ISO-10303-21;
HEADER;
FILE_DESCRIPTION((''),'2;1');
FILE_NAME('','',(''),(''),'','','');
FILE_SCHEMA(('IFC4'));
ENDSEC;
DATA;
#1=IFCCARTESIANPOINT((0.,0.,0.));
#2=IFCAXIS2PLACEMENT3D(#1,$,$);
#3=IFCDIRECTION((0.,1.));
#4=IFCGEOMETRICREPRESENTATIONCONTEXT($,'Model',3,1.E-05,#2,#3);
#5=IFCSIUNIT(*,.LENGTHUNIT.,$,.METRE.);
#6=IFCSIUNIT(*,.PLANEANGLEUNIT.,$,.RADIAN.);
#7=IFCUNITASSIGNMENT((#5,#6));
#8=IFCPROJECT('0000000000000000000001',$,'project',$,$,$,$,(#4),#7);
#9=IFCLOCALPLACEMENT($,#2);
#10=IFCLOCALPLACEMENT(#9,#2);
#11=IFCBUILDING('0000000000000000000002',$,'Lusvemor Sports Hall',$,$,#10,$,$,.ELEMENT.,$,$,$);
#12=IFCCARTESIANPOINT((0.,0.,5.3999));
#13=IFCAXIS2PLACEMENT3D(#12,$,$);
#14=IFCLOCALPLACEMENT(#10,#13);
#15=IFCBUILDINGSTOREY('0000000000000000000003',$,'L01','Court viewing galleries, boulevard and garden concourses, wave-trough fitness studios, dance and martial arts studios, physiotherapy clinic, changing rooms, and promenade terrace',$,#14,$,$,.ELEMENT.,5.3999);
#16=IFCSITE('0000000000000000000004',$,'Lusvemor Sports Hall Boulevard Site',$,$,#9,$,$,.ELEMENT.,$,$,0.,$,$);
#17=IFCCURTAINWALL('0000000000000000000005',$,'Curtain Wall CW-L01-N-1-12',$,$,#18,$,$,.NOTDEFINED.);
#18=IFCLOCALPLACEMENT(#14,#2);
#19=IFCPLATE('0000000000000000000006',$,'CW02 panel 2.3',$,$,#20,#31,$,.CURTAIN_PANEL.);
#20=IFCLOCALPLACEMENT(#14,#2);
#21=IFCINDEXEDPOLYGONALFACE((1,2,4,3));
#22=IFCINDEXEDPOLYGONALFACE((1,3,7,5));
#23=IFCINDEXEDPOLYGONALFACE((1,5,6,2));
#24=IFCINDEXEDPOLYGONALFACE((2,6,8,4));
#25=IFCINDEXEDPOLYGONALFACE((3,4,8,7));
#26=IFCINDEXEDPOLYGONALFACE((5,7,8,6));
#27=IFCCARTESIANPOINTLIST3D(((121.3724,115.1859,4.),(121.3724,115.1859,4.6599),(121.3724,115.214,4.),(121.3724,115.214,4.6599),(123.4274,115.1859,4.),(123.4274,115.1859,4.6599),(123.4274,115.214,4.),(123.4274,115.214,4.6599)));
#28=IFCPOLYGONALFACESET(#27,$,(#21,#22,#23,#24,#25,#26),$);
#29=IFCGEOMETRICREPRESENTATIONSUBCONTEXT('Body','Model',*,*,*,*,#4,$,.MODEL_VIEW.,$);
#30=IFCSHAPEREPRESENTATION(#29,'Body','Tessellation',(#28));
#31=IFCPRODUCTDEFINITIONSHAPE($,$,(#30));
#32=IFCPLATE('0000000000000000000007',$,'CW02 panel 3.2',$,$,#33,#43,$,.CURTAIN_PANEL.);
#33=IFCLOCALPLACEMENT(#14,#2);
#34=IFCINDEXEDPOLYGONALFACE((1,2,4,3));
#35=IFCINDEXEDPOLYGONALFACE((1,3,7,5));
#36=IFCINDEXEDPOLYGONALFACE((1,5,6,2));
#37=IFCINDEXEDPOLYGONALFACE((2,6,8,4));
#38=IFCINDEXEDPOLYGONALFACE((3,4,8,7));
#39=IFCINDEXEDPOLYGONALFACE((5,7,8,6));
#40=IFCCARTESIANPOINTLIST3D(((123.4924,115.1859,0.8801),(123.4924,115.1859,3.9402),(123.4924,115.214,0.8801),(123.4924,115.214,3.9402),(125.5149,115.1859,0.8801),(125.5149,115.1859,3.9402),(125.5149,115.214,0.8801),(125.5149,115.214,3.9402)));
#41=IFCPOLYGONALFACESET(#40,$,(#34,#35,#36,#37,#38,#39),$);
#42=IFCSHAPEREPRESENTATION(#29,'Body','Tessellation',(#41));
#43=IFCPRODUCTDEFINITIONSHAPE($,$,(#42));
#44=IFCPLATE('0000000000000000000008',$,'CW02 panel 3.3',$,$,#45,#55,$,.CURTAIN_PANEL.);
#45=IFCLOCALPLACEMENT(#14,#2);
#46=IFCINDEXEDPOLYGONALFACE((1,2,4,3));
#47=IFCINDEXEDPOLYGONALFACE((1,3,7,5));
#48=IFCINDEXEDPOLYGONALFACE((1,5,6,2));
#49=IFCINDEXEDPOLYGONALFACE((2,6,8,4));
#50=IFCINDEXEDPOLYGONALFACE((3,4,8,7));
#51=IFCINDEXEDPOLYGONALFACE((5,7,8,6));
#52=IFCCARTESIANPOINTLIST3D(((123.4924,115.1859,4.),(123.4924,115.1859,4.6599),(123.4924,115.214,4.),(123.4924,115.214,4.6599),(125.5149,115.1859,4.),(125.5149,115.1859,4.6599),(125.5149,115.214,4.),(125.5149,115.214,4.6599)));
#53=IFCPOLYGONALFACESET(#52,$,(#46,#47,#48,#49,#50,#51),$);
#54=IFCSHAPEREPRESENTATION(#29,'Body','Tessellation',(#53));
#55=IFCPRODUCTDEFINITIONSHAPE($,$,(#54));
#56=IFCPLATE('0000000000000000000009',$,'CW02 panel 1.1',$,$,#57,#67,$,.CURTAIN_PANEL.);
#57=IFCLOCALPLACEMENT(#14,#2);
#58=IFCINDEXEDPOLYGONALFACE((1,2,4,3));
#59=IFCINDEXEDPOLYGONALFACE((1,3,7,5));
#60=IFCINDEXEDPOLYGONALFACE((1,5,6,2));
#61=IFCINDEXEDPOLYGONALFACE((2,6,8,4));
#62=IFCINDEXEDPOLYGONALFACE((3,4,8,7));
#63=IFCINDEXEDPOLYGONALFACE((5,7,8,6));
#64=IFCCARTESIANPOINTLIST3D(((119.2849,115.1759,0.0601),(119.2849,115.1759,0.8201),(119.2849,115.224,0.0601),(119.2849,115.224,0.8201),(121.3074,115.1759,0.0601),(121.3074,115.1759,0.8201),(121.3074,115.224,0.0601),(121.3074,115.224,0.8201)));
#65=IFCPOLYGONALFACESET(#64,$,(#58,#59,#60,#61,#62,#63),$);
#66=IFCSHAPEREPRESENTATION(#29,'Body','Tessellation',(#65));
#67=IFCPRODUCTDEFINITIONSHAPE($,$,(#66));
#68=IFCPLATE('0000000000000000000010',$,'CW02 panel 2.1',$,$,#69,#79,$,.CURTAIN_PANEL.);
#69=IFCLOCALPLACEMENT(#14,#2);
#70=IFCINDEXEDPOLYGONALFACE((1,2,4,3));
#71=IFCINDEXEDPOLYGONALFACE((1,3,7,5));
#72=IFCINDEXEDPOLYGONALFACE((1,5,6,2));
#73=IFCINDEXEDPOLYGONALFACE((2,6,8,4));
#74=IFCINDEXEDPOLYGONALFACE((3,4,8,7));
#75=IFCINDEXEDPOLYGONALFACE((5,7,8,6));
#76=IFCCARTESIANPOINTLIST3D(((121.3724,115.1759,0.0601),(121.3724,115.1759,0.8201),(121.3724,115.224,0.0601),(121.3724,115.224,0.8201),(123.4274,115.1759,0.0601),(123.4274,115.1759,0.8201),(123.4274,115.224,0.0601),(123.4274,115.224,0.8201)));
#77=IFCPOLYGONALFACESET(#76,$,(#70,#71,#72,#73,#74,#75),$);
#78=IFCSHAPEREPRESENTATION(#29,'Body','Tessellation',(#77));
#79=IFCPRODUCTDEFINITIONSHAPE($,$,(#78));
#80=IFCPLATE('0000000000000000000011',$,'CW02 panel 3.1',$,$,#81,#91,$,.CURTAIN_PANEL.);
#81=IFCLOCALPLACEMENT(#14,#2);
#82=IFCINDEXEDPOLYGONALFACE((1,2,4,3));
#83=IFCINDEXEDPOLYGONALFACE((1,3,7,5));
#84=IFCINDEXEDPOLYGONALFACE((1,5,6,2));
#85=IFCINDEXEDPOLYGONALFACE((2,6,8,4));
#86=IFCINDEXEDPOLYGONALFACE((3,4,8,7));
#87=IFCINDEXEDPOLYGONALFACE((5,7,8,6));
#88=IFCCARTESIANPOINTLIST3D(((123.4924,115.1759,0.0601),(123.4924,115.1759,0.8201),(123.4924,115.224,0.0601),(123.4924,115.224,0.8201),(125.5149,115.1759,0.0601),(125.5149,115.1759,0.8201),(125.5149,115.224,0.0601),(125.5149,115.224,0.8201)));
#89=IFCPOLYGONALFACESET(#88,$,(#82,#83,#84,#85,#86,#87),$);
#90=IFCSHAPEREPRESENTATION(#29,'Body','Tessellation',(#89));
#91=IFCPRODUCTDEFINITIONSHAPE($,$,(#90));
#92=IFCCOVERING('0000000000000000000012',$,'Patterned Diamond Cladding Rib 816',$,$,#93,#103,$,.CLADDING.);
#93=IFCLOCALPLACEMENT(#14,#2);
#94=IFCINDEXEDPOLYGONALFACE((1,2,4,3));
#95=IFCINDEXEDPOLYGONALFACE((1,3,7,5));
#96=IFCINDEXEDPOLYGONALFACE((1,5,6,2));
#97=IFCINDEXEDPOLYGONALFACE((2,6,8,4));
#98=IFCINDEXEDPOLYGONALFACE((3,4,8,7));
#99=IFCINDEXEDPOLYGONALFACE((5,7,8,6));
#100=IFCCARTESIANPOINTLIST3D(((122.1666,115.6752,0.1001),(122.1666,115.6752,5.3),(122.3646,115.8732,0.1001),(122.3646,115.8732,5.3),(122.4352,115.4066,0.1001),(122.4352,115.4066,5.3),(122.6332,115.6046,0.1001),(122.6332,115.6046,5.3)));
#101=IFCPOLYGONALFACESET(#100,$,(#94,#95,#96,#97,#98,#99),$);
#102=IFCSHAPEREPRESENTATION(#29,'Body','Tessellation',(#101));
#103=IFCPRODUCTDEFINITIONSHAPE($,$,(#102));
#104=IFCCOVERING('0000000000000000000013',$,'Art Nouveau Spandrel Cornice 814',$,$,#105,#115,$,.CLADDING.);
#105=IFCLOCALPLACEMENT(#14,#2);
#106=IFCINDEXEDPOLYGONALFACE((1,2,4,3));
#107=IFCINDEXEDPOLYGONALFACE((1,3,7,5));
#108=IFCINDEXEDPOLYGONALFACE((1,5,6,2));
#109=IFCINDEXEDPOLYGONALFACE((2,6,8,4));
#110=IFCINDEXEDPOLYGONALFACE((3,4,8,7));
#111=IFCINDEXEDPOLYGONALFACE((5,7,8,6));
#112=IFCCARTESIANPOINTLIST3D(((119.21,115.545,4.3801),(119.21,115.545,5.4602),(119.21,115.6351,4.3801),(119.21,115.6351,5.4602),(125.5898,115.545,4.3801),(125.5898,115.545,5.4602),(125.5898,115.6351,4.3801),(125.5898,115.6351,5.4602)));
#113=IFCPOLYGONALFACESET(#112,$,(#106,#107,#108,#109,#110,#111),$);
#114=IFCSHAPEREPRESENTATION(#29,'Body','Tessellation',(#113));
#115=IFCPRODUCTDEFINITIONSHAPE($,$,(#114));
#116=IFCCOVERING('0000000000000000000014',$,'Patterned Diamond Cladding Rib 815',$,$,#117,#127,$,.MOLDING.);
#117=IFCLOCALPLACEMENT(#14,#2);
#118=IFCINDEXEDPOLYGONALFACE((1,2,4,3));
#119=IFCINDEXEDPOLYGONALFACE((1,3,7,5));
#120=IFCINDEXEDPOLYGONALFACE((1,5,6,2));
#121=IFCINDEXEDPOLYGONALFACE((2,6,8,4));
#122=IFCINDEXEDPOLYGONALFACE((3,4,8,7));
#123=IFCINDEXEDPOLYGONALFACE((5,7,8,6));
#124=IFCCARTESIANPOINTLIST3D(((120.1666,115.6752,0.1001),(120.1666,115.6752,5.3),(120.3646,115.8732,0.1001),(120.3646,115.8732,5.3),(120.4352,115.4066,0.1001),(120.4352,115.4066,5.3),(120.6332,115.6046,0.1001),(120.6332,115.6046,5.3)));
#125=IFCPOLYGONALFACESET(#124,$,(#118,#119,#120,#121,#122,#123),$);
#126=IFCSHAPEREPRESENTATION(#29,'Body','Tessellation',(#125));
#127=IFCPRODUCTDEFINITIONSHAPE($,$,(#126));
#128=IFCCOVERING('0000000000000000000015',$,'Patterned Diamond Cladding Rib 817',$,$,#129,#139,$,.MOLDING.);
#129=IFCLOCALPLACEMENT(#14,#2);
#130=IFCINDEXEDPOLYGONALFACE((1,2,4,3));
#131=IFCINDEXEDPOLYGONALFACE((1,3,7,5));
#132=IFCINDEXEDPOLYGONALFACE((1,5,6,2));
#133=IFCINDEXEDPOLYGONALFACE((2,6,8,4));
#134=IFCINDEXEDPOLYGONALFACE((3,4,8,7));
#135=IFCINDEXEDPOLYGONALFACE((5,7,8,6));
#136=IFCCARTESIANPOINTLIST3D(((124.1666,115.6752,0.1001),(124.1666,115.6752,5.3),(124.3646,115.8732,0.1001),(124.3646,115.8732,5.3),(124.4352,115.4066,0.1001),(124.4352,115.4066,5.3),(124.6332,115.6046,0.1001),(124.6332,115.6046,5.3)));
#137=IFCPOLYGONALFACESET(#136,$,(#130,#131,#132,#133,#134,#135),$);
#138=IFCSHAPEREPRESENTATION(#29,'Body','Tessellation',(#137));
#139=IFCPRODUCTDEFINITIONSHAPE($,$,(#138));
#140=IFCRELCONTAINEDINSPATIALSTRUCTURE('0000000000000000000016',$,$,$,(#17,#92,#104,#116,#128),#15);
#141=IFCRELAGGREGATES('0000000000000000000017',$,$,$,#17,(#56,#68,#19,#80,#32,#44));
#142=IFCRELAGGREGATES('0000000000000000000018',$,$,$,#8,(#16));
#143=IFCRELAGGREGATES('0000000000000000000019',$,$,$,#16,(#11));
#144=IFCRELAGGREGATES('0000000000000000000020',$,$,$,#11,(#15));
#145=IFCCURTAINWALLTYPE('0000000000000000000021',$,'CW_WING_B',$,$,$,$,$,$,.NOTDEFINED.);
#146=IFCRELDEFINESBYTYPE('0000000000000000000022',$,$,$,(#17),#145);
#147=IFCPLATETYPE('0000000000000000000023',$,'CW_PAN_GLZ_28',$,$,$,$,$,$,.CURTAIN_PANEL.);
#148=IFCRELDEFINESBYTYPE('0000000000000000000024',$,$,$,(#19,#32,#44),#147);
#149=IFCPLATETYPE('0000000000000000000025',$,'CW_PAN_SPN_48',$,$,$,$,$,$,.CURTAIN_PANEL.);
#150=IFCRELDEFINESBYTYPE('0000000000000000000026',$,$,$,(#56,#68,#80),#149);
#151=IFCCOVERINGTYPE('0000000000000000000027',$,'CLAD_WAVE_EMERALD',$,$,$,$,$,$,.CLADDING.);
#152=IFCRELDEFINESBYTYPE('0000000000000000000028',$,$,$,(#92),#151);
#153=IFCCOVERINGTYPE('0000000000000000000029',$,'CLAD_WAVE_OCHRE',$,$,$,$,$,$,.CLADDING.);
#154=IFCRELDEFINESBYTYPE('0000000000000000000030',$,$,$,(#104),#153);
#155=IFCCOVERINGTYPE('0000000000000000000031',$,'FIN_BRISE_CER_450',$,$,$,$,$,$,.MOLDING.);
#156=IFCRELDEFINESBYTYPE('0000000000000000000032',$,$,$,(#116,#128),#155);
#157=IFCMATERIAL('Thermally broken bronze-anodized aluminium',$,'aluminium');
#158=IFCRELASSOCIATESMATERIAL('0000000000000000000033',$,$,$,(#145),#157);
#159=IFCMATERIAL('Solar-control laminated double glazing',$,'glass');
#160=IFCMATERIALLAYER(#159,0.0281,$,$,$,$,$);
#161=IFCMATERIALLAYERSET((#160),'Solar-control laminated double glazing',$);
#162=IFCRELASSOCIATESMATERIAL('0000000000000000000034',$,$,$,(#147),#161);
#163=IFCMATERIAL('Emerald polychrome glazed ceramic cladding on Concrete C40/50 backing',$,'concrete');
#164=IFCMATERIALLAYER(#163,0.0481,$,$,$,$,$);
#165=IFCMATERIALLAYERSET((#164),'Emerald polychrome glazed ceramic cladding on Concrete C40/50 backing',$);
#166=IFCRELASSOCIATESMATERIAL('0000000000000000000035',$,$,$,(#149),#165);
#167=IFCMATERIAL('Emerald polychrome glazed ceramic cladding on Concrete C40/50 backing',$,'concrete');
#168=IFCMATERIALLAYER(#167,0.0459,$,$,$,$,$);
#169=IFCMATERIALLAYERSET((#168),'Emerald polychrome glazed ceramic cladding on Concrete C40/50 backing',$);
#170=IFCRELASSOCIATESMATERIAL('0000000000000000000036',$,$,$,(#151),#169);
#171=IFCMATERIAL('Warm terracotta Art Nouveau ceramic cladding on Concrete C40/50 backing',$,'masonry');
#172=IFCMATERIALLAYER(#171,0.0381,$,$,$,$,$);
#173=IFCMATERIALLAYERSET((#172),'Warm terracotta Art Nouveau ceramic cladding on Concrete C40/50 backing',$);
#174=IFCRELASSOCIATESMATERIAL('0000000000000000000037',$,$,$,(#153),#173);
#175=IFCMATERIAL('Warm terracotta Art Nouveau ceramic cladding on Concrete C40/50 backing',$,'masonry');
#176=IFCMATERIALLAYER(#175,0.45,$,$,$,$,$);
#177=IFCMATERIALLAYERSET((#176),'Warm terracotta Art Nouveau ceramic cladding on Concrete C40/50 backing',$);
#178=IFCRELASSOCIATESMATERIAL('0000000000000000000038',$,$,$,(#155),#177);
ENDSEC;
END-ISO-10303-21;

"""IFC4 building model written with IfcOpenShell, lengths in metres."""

from ifc_helpers import new_model, si_unit, direction, frame, origin, origin_2d, place, context, subcontext, project, spatial, rectangle, extrude, material, layer, layer_set, type_object, element, aggregate, save


model = new_model("IFC4")

# Units and contexts
model_context = context("Model", 3, precision=1e-05, world=origin(), true_north=direction((0.0, 1.0)))
body_context = subcontext(model_context, "Body", "Model", "MODEL_VIEW")
ifc_project = project(units=[si_unit("LENGTHUNIT", "METRE"), si_unit("PLANEANGLEUNIT", "RADIAN")], contexts=[model_context])

# Site, building, storey
site_placement = place(None, origin())
site = spatial("IfcSite", under=ifc_project, at=site_placement, Name="Lusvemor Sports Hall Boulevard Site", CompositionType="ELEMENT", RefElevation=0.0)
building_placement = place(site_placement, origin())
building = spatial("IfcBuilding", under=site, at=building_placement, Name="Lusvemor Sports Hall", CompositionType="ELEMENT")
storey_placement = place(building_placement, frame((0.0, 0.0, 5.3999)))
storey = spatial("IfcBuildingStorey", under=building, at=storey_placement, Name="L01", Description="Court viewing galleries, boulevard and garden concourses, wave-trough fitness studios, dance and martial arts studios, physiotherapy clinic, changing rooms, and promenade terrace", CompositionType="ELEMENT", Elevation=5.3999)

# Curtain wall
ifc_material_1 = material(Name="Thermally broken bronze-anodized aluminium", Category="aluminium")
curtain_wall_type = type_object("IfcCurtainWallType", Name="CW_WING_B", PredefinedType="NOTDEFINED", material=ifc_material_1)
curtain_wall_placement = place(storey_placement, origin())
curtain_wall = element("IfcCurtainWall", 1, at=curtain_wall_placement, inside=storey, type_object=curtain_wall_type, Name="Curtain Wall CW-L01-N-1-12", PredefinedType="NOTDEFINED")

# Plates
ifc_material_2 = material(Name="Solar-control laminated double glazing", Category="glass")
ifc_layer_1 = layer(ifc_material_2, 0.0281)
ifc_layer_set_1 = layer_set([ifc_layer_1], Name="Solar-control laminated double glazing")
plate_type_1 = type_object("IfcPlateType", Name="CW_PAN_GLZ_28", PredefinedType="CURTAIN_PANEL", material=ifc_layer_set_1)
plate_1_placement = place(storey_placement, frame((122.3999, 115.2, 4.0), z_axis=(0.0, 0.0, 1.0), x_axis=(1.0, 0.0, 0.0)))
plate_1 = element("IfcPlate", 2, at=plate_1_placement, type_object=plate_type_1, Name="CW02 panel 2.3", PredefinedType="CURTAIN_PANEL", context=body_context, shape_type="SweptSolid", body=[
    extrude(rectangle(XDim=2.0549, YDim=0.0281, at=origin_2d()), origin(), (0.0, 0.0, 1.0), 0.6599),
])
plate_2_placement = place(storey_placement, frame((124.5037, 115.2, 0.8801), z_axis=(0.0, 0.0, 1.0), x_axis=(1.0, 0.0, 0.0)))
plate_2 = element("IfcPlate", 3, at=plate_2_placement, type_object=plate_type_1, Name="CW02 panel 3.2", PredefinedType="CURTAIN_PANEL", context=body_context, shape_type="SweptSolid", body=[
    extrude(rectangle(XDim=2.0225, YDim=0.0281, at=origin_2d()), origin(), (0.0, 0.0, 1.0), 3.0601),
])
plate_3_placement = place(storey_placement, frame((124.5037, 115.2, 4.0), z_axis=(0.0, 0.0, 1.0), x_axis=(1.0, 0.0, 0.0)))
plate_3 = element("IfcPlate", 4, at=plate_3_placement, type_object=plate_type_1, Name="CW02 panel 3.3", PredefinedType="CURTAIN_PANEL", context=body_context, shape_type="SweptSolid", body=[
    extrude(rectangle(XDim=2.0225, YDim=0.0281, at=origin_2d()), origin(), (0.0, 0.0, 1.0), 0.6599),
])
ifc_material_3 = material(Name="Emerald polychrome glazed ceramic cladding on Concrete C40/50 backing", Category="concrete")
ifc_layer_2 = layer(ifc_material_3, 0.0481)
ifc_layer_set_2 = layer_set([ifc_layer_2], Name="Emerald polychrome glazed ceramic cladding on Concrete C40/50 backing")
plate_type_2 = type_object("IfcPlateType", Name="CW_PAN_SPN_48", PredefinedType="CURTAIN_PANEL", material=ifc_layer_set_2)
plate_4_placement = place(storey_placement, frame((120.2961, 115.2, 0.0601), z_axis=(0.0, 0.0, 1.0), x_axis=(1.0, 0.0, 0.0)))
plate_4 = element("IfcPlate", 5, at=plate_4_placement, type_object=plate_type_2, Name="CW02 panel 1.1", PredefinedType="CURTAIN_PANEL", context=body_context, shape_type="SweptSolid", body=[
    extrude(rectangle(XDim=2.0225, YDim=0.0481, at=origin_2d()), origin(), (0.0, 0.0, 1.0), 0.76),
])
plate_5_placement = place(storey_placement, frame((122.3999, 115.2, 0.0601), z_axis=(0.0, 0.0, 1.0), x_axis=(1.0, 0.0, 0.0)))
plate_5 = element("IfcPlate", 6, at=plate_5_placement, type_object=plate_type_2, Name="CW02 panel 2.1", PredefinedType="CURTAIN_PANEL", context=body_context, shape_type="SweptSolid", body=[
    extrude(rectangle(XDim=2.0549, YDim=0.0481, at=origin_2d()), origin(), (0.0, 0.0, 1.0), 0.76),
])
plate_6_placement = place(storey_placement, frame((124.5037, 115.2, 0.0601), z_axis=(0.0, 0.0, 1.0), x_axis=(1.0, 0.0, 0.0)))
plate_6 = element("IfcPlate", 7, at=plate_6_placement, type_object=plate_type_2, Name="CW02 panel 3.1", PredefinedType="CURTAIN_PANEL", context=body_context, shape_type="SweptSolid", body=[
    extrude(rectangle(XDim=2.0225, YDim=0.0481, at=origin_2d()), origin(), (0.0, 0.0, 1.0), 0.76),
])
aggregate(curtain_wall, [plate_4, plate_5, plate_1, plate_6, plate_2, plate_3])

# Coverings
ifc_material_4 = material(Name="Emerald polychrome glazed ceramic cladding on Concrete C40/50 backing", Category="concrete")
ifc_layer_3 = layer(ifc_material_4, 0.0459)
ifc_layer_set_3 = layer_set([ifc_layer_3], Name="Emerald polychrome glazed ceramic cladding on Concrete C40/50 backing")
covering_type_1 = type_object("IfcCoveringType", Name="CLAD_WAVE_EMERALD", PredefinedType="CLADDING", material=ifc_layer_set_3)
covering_1_placement = place(storey_placement, frame((122.3999, 115.6399, 0.1001), z_axis=(0.0, 0.0, 1.0), x_axis=(0.707107, 0.707107, 0.0)))
element("IfcCovering", 8, at=covering_1_placement, inside=storey, type_object=covering_type_1, Name="Patterned Diamond Cladding Rib 816", PredefinedType="CLADDING", context=body_context, shape_type="SweptSolid", body=[
    extrude(rectangle(XDim=0.28, YDim=0.3799, at=origin_2d()), origin(), (0.0, 0.0, 1.0), 5.2),
])
ifc_material_5 = material(Name="Warm terracotta Art Nouveau ceramic cladding on Concrete C40/50 backing", Category="masonry")
ifc_layer_4 = layer(ifc_material_5, 0.0381)
ifc_layer_set_4 = layer_set([ifc_layer_4], Name="Warm terracotta Art Nouveau ceramic cladding on Concrete C40/50 backing")
covering_type_2 = type_object("IfcCoveringType", Name="CLAD_WAVE_OCHRE", PredefinedType="CLADDING", material=ifc_layer_set_4)
covering_2_placement = place(storey_placement, frame((122.3999, 115.5901, 4.3801), z_axis=(0.0, 0.0, 1.0), x_axis=(1.0, 0.0, 0.0)))
element("IfcCovering", 9, at=covering_2_placement, inside=storey, type_object=covering_type_2, Name="Art Nouveau Spandrel Cornice 814", PredefinedType="CLADDING", context=body_context, shape_type="SweptSolid", body=[
    extrude(rectangle(XDim=6.3799, YDim=0.0901, at=origin_2d()), origin(), (0.0, 0.0, 1.0), 1.0801),
])
ifc_material_6 = material(Name="Warm terracotta Art Nouveau ceramic cladding on Concrete C40/50 backing", Category="masonry")
ifc_layer_5 = layer(ifc_material_6, 0.45)
ifc_layer_set_5 = layer_set([ifc_layer_5], Name="Warm terracotta Art Nouveau ceramic cladding on Concrete C40/50 backing")
covering_type_3 = type_object("IfcCoveringType", Name="FIN_BRISE_CER_450", PredefinedType="MOLDING", material=ifc_layer_set_5)
for number, where, z_axis, x_axis, name in (
    (10, (120.3999, 115.6399, 0.1001), (0.0, 0.0, 1.0), (0.707107, 0.707107, 0.0), "Patterned Diamond Cladding Rib 815"),
    (11, (124.3999, 115.6399, 0.1001), (0.0, 0.0, 1.0), (0.707107, 0.707107, 0.0), "Patterned Diamond Cladding Rib 817"),
):
    element("IfcCovering", number, at=place(storey_placement, frame(where, z_axis=z_axis, x_axis=x_axis)), inside=storey, type_object=covering_type_3, Name=name, PredefinedType="MOLDING", context=body_context, shape_type="SweptSolid", body=[
        extrude(rectangle(XDim=0.28, YDim=0.3799, at=origin_2d()), origin(), (0.0, 0.0, 1.0), 5.2),
    ])

save(model, "model.ifc")
